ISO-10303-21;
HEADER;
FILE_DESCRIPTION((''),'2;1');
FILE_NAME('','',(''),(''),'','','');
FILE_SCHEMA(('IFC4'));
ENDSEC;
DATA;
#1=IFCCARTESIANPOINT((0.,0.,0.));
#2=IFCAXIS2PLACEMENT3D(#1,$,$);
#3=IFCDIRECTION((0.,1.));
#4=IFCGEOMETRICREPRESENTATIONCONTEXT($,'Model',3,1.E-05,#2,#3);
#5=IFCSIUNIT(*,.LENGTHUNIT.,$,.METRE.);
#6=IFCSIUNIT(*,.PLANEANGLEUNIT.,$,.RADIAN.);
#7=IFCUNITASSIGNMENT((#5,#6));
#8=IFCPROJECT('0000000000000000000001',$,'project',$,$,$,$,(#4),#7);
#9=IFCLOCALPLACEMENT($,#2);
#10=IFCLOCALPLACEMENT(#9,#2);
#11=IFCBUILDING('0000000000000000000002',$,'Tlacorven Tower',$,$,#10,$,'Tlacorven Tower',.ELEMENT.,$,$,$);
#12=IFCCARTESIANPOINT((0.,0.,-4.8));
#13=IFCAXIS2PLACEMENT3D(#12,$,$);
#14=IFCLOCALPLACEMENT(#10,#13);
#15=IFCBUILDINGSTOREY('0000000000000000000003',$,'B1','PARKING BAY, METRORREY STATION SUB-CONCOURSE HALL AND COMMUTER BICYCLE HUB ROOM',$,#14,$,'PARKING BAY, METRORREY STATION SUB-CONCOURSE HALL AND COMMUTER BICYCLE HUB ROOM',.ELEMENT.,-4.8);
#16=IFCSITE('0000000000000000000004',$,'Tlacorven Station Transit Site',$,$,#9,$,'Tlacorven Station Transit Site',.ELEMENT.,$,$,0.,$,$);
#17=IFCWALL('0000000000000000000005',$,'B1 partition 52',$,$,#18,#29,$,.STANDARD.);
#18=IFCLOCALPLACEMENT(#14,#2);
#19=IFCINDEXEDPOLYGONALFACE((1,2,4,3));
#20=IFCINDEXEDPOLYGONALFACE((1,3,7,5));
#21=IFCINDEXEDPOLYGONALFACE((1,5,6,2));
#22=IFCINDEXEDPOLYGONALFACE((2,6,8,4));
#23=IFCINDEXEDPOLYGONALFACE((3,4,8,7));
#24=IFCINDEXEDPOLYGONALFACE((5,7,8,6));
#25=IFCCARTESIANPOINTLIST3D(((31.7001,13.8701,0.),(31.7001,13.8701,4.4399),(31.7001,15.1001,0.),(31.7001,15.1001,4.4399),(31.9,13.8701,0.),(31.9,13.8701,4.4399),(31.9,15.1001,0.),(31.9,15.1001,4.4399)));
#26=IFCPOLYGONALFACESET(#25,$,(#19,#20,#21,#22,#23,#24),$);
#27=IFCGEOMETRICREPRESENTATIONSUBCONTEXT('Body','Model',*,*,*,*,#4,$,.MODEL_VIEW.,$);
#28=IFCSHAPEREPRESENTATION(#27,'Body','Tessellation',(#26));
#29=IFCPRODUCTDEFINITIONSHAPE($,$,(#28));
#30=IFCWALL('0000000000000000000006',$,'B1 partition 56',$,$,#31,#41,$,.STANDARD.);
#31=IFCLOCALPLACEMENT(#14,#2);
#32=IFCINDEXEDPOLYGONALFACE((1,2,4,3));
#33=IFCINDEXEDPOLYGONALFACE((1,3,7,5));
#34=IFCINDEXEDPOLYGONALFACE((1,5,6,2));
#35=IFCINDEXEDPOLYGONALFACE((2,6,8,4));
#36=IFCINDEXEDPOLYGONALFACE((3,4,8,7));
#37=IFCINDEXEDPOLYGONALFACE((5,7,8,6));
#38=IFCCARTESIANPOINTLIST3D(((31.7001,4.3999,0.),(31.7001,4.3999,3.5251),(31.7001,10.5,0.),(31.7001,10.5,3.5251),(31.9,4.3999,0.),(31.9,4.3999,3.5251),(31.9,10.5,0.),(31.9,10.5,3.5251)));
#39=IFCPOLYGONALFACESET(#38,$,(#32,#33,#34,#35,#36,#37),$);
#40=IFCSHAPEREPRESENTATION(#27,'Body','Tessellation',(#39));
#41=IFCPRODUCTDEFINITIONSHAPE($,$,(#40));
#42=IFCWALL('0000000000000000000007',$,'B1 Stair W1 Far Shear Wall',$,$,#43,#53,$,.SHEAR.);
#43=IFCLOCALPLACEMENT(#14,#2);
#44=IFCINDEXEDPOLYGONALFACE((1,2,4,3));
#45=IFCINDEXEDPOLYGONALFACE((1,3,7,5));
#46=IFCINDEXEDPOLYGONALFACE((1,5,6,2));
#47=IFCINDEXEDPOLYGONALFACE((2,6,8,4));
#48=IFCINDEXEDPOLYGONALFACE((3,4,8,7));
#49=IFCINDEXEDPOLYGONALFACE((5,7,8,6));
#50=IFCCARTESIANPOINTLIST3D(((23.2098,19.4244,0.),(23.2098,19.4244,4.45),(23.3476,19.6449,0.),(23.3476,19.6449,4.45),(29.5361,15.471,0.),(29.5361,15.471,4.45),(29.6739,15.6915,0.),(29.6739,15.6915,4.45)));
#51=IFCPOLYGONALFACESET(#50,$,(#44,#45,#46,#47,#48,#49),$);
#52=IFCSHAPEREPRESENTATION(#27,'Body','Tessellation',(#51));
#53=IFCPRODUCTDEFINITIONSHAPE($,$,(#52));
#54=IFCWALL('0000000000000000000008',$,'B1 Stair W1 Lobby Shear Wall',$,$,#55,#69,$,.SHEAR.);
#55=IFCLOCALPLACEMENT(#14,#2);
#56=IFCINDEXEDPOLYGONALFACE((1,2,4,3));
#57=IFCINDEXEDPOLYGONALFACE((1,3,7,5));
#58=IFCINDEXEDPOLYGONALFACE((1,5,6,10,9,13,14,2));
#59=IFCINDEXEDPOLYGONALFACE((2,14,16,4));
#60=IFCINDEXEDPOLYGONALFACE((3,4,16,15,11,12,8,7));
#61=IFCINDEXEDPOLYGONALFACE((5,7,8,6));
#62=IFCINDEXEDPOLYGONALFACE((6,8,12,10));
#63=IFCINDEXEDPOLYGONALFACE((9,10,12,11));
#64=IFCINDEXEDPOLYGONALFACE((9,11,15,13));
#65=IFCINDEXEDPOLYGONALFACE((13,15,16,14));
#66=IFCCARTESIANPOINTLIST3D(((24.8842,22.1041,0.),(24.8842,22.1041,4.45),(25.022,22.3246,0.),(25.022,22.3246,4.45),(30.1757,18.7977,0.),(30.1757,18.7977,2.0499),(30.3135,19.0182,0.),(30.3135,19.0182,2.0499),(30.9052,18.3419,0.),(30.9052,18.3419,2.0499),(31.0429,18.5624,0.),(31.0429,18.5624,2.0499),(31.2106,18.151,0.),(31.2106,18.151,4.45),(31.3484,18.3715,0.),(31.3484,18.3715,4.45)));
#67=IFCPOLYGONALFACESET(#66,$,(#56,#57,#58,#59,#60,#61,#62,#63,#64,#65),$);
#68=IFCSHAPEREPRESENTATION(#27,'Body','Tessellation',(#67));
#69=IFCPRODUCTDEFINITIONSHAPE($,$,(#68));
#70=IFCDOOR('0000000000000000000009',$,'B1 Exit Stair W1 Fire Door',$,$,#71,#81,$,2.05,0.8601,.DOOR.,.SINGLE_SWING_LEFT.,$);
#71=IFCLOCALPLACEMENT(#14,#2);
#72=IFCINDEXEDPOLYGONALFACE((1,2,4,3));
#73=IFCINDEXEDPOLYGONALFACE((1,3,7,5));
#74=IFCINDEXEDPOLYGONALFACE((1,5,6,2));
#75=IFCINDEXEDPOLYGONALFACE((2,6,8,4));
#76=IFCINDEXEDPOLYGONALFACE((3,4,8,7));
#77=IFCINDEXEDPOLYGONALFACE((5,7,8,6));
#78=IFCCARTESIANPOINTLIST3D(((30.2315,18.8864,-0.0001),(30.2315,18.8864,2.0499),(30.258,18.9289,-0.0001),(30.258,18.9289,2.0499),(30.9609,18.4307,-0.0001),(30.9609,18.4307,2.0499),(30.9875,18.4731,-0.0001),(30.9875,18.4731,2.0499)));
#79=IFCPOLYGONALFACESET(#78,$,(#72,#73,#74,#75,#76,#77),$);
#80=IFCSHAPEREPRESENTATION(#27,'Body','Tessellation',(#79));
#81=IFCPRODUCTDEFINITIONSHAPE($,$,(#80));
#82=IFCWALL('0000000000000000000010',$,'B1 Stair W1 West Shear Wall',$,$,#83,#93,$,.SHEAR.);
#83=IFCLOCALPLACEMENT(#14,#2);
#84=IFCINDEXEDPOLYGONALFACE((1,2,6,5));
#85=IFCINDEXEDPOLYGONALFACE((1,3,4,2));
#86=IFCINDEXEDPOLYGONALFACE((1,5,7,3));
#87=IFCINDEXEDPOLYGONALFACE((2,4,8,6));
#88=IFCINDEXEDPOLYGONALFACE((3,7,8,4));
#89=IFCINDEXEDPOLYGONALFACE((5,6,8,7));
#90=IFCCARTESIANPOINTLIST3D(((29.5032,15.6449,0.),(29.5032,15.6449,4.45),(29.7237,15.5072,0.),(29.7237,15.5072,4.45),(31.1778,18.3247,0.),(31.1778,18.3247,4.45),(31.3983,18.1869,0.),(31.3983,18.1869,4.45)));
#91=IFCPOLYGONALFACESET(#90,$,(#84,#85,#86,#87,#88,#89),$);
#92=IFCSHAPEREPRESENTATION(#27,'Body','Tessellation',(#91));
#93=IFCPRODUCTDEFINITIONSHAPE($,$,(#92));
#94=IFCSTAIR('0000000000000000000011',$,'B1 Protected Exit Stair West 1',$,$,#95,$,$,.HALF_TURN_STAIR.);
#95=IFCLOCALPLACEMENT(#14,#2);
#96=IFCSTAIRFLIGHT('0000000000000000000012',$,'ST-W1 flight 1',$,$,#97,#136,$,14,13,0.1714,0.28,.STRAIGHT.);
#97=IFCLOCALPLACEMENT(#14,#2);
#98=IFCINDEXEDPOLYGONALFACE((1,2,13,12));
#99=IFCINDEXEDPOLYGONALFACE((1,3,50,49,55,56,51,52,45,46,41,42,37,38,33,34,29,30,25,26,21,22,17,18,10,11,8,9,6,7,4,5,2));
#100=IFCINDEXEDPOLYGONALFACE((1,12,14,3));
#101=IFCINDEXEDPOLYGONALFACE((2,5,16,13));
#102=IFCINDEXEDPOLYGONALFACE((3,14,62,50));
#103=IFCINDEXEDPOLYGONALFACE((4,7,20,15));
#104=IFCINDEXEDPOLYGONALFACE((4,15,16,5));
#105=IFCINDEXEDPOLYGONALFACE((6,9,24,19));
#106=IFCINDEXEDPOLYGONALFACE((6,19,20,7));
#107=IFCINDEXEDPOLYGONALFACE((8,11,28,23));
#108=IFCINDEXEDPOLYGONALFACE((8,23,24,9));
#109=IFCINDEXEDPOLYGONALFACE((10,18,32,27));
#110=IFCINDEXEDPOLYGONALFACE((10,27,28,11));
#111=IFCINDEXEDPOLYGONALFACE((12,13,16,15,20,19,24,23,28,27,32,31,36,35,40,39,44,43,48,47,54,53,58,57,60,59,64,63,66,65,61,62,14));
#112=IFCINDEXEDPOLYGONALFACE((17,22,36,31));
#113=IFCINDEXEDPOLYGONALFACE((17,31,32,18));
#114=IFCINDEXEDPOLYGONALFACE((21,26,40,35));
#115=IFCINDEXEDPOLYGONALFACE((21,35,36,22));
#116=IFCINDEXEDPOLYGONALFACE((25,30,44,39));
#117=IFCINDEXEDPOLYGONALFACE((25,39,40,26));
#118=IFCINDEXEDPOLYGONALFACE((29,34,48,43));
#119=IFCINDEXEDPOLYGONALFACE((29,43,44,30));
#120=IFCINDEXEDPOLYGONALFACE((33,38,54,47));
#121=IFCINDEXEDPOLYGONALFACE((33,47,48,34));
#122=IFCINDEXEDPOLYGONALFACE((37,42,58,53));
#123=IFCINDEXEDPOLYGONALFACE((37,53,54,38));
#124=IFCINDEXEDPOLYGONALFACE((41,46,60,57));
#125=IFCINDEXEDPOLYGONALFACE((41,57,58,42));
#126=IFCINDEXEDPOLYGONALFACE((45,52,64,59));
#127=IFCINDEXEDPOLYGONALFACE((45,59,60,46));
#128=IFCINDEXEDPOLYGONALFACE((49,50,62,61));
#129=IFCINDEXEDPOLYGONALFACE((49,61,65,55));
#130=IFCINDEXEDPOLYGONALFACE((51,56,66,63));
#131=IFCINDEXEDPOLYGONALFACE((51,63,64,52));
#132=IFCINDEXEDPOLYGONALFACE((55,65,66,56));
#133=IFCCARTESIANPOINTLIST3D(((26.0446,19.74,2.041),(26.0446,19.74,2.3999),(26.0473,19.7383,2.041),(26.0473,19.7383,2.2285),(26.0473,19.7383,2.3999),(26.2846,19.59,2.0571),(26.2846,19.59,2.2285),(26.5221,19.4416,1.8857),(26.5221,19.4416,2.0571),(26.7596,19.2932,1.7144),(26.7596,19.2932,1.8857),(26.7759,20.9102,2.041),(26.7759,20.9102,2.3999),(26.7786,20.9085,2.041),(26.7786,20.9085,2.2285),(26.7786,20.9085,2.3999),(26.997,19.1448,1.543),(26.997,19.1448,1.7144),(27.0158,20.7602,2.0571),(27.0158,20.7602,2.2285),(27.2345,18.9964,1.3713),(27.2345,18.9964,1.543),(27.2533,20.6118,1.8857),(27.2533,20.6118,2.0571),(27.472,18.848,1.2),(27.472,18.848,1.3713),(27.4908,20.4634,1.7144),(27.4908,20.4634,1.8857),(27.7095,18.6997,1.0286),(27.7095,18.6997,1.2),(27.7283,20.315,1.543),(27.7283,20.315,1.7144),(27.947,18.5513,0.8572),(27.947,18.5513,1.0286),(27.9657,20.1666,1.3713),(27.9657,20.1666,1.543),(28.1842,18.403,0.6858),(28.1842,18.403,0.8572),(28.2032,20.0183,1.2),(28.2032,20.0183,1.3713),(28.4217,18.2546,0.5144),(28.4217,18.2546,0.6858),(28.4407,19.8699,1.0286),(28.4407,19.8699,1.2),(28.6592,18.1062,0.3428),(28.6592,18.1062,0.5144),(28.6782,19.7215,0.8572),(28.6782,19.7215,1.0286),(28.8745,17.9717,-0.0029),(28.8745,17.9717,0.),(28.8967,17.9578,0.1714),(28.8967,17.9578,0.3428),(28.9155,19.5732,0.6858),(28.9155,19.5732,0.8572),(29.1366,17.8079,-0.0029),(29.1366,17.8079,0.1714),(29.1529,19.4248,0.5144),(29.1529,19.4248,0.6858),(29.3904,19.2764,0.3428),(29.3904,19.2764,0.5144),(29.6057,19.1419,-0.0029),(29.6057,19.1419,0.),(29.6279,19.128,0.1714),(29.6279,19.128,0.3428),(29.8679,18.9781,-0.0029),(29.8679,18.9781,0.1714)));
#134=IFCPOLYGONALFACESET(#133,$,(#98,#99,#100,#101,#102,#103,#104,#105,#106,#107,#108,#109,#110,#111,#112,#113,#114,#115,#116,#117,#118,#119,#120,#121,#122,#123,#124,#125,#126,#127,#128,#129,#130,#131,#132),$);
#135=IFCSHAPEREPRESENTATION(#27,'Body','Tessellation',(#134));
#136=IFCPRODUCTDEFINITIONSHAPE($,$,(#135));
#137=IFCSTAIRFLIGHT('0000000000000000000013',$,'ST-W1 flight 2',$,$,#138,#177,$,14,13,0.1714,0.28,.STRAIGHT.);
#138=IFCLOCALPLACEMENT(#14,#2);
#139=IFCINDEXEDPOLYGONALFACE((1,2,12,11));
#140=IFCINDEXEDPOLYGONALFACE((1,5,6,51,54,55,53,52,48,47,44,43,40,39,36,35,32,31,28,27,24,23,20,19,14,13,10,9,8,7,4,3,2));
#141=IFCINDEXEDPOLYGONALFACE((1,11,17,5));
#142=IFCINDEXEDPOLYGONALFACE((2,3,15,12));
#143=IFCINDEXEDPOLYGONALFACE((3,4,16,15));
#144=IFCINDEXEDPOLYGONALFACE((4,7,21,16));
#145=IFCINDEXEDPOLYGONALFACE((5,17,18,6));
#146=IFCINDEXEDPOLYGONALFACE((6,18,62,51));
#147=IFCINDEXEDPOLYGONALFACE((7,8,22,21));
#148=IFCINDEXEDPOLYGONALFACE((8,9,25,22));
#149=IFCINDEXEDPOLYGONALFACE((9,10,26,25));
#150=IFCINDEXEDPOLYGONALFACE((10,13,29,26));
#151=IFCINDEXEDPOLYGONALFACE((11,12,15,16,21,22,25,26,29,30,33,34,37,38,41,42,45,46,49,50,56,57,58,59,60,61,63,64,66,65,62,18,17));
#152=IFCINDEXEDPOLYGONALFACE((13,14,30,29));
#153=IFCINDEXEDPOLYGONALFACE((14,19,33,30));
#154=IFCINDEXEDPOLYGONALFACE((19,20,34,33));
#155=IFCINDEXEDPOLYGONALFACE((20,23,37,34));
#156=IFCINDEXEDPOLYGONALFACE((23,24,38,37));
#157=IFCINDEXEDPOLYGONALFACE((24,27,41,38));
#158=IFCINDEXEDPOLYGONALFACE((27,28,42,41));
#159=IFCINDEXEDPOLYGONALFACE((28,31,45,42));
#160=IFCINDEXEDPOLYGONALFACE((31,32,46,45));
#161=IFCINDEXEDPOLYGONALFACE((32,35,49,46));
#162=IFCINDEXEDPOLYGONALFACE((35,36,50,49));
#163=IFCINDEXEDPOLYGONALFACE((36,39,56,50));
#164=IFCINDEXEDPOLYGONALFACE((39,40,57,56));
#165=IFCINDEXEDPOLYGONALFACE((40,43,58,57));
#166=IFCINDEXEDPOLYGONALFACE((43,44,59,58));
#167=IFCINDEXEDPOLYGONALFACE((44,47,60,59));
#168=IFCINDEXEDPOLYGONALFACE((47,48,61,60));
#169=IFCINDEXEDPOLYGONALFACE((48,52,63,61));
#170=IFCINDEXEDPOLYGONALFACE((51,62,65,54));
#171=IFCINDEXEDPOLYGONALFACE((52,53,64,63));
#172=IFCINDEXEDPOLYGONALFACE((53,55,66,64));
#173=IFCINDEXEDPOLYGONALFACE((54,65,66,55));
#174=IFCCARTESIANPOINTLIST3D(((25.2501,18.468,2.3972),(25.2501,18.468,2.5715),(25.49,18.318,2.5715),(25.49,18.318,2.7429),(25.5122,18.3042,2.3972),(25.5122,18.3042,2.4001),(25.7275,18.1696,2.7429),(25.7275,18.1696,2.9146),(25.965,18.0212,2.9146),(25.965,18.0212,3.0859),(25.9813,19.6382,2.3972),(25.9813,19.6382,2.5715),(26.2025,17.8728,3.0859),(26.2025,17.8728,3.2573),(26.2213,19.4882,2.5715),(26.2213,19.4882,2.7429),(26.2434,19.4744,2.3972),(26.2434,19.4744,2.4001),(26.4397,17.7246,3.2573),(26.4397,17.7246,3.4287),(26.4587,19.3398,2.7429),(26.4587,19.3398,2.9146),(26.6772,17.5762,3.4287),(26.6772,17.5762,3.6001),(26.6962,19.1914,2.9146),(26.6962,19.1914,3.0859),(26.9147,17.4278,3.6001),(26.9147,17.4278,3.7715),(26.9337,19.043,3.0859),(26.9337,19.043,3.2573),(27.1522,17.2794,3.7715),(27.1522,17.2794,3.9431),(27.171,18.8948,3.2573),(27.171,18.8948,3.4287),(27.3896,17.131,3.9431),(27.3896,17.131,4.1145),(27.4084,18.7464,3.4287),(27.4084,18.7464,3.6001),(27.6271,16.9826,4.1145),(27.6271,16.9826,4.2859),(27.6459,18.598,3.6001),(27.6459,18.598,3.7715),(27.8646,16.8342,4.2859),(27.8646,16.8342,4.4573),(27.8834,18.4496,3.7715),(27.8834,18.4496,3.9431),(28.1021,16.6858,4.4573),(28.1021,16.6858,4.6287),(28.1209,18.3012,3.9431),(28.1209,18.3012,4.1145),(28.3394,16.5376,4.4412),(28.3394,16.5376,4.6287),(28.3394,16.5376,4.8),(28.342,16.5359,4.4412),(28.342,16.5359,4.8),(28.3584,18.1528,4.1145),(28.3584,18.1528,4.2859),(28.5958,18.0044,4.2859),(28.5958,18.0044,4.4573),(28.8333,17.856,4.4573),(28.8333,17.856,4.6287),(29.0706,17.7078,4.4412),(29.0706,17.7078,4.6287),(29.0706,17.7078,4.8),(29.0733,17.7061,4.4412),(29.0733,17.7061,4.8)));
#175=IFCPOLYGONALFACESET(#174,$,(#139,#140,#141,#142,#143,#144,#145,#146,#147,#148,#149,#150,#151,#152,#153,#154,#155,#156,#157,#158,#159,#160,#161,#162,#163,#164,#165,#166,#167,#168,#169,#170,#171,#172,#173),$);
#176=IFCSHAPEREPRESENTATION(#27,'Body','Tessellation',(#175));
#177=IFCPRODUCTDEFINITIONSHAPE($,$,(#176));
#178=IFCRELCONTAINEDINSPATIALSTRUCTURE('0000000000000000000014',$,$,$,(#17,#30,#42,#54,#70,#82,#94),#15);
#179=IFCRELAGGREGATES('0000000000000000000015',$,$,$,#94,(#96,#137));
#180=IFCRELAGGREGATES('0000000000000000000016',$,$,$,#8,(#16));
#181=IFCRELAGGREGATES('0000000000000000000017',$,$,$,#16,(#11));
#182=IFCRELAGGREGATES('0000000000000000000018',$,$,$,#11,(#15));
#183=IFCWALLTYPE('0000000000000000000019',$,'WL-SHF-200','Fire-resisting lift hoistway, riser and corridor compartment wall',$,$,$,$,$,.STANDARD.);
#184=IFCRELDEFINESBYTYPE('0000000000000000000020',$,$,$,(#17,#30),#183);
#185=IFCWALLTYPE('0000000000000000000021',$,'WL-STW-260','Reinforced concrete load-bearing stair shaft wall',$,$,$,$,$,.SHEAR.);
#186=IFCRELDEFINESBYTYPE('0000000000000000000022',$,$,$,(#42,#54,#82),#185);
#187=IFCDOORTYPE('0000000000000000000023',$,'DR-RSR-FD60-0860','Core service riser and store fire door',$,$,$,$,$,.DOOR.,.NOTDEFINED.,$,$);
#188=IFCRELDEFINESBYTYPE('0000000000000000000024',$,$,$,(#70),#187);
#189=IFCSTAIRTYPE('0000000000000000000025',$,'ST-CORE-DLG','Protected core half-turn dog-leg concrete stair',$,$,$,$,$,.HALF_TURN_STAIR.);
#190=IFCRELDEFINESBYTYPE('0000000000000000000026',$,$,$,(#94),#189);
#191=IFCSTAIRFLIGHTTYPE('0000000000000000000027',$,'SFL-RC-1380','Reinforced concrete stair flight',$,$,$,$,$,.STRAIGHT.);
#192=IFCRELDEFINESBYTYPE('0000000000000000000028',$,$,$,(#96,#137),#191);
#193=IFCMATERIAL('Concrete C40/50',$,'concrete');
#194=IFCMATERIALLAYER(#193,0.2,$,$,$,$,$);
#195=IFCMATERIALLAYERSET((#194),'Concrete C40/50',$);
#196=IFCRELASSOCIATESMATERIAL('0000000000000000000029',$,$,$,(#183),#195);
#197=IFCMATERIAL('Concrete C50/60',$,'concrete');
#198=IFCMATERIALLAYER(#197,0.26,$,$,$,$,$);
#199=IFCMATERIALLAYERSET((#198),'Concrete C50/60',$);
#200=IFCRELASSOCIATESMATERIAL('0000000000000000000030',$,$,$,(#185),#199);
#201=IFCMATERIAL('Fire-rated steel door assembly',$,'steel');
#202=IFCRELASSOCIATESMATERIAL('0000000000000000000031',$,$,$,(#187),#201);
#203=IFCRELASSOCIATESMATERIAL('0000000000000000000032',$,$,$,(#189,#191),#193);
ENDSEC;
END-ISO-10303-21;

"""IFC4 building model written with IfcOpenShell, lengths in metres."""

from ifc_helpers import new_model, si_unit, direction, frame, frame_2d, origin, place, context, subcontext, project, spatial, polyline, rectangle, outline, extrude, source, transform, mapped, material, layer, layer_set, type_object, element, fill, aggregate, save


model = new_model("IFC4")

# Units and contexts
model_context = context("Model", 3, precision=1e-05, world=origin(), true_north=direction((0.0, 1.0)))
body_context = subcontext(model_context, "Body", "Model", "MODEL_VIEW")
ifc_project = project(units=[si_unit("LENGTHUNIT", "METRE"), si_unit("PLANEANGLEUNIT", "RADIAN")], contexts=[model_context])

# Site, building, storey
site_placement = place(None, origin())
site = spatial("IfcSite", under=ifc_project, at=site_placement, Name="Tlacorven Station Transit Site", LongName="Tlacorven Station Transit Site", CompositionType="ELEMENT", RefElevation=0.0)
building_placement = place(site_placement, origin())
building = spatial("IfcBuilding", under=site, at=building_placement, Name="Tlacorven Tower", LongName="Tlacorven Tower", CompositionType="ELEMENT")
storey_placement = place(building_placement, frame((0.0, 0.0, -4.8)))
storey = spatial("IfcBuildingStorey", under=building, at=storey_placement, Name="B1", Description="PARKING BAY, METRORREY STATION SUB-CONCOURSE HALL AND COMMUTER BICYCLE HUB ROOM", LongName="PARKING BAY, METRORREY STATION SUB-CONCOURSE HALL AND COMMUTER BICYCLE HUB ROOM", CompositionType="ELEMENT", Elevation=-4.8)

# Shared definitions
ifc_material_1 = material(Name="Concrete C40/50", Category="concrete")
ifc_layer_1 = layer(ifc_material_1, 0.2)
ifc_layer_set_1 = layer_set([ifc_layer_1], Name="Concrete C40/50")
wall_type_1 = type_object("IfcWallType", Name="WL-SHF-200", Description="Fire-resisting lift hoistway, riser and corridor compartment wall", PredefinedType="STANDARD", material=ifc_layer_set_1)
ifc_material_2 = material(Name="Fire-rated steel door assembly", Category="steel")

# Walls
wall_1_placement = place(storey_placement, frame((31.8, 13.8701, 0.0), z_axis=(0.0, 0.0, 1.0), x_axis=(0.0, 1.0, 0.0)))
element("IfcWall", 1, at=wall_1_placement, inside=storey, type_object=wall_type_1, Name="B1 partition 52", PredefinedType="STANDARD", context=body_context, shape_type="SweptSolid", body=[
    extrude(rectangle(XDim=1.23, YDim=0.2, at=frame_2d((0.615, 0.0))), origin(), (0.0, 0.0, 1.0), 4.4399),
])
wall_2_placement = place(storey_placement, frame((31.8, 4.3999, 0.0), z_axis=(0.0, 0.0, 1.0), x_axis=(0.0, 1.0, 0.0)))
element("IfcWall", 2, at=wall_2_placement, inside=storey, type_object=wall_type_1, Name="B1 partition 56", PredefinedType="STANDARD", context=body_context, shape_type="SweptSolid", body=[
    extrude(rectangle(XDim=6.1001, YDim=0.2, at=frame_2d((3.05, 0.0))), origin(), (0.0, 0.0, 1.0), 3.5251),
])
ifc_material_3 = material(Name="Concrete C50/60", Category="concrete")
ifc_layer_2 = layer(ifc_material_3, 0.26)
ifc_layer_set_2 = layer_set([ifc_layer_2], Name="Concrete C50/60")
wall_type_2 = type_object("IfcWallType", Name="WL-STW-260", Description="Reinforced concrete load-bearing stair shaft wall", PredefinedType="SHEAR", material=ifc_layer_set_2)
wall_3_placement = place(storey_placement, frame((29.605, 15.5813, 0.0), z_axis=(0.0, 0.0, 1.0), x_axis=(-0.848037, 0.529937, 0.0)))
element("IfcWall", 3, at=wall_3_placement, inside=storey, type_object=wall_type_2, Name="B1 Stair W1 Far Shear Wall", PredefinedType="SHEAR", context=body_context, shape_type="SweptSolid", body=[
    extrude(rectangle(XDim=7.46, YDim=0.26, at=frame_2d((3.73, 0.0))), origin(), (0.0, 0.0, 1.0), 4.45),
])

# Wall, opening, door
wall_4_placement = place(storey_placement, frame((31.2795, 18.2612, 0.0), z_axis=(0.0, 0.0, 1.0), x_axis=(-0.848052, 0.529914, 0.0)))
wall_4 = element("IfcWall", 4, at=wall_4_placement, inside=storey, type_object=wall_type_2, Name="B1 Stair W1 Lobby Shear Wall", PredefinedType="SHEAR", context=body_context, shape_type="SweptSolid", body=[
    extrude(rectangle(XDim=7.46, YDim=0.26, at=frame_2d((3.73, 0.0))), origin(), (0.0, 0.0, 1.0), 4.45),
])
opening_1_placement = place(wall_4_placement, frame((0.3601, 0.0, 0.0)))
opening_1 = element("IfcOpeningElement", 5, at=opening_1_placement, cuts=wall_4, PredefinedType="OPENING", context=body_context, shape_type="SweptSolid", body=[
    extrude(rectangle(XDim=0.8601, YDim=2.05, at=frame_2d((0.4302, 1.0249))), frame((0.0, 0.1401, 0.0), z_axis=(0.0, -1.0, 0.0), x_axis=(1.0, 0.0, 0.0)), (0.0, 0.0, 1.0), 0.28),
])
door_type_1 = type_object("IfcDoorType", Name="DR-RSR-FD60-0860", Description="Core service riser and store fire door", OperationType="NOTDEFINED", PredefinedType="DOOR", material=ifc_material_2)
shared_shape_1 = source(origin(), body_context, "Body", "SweptSolid", [
    extrude(rectangle(XDim=0.8601, YDim=2.05, at=frame_2d((0.4302, 1.0249))), frame((0.0, 0.0249, 0.0), z_axis=(0.0, -1.0, 0.0), x_axis=(1.0, 0.0, 0.0)), (0.0, 0.0, 1.0), 0.05),
])
door_1_placement = place(opening_1_placement, frame((0.8601, 0.0, 0.0), z_axis=(0.0, 0.0, 1.0), x_axis=(-1.0, 0.0, 0.0)))
door_1 = element("IfcDoor", 6, at=door_1_placement, inside=storey, type_object=door_type_1, Name="B1 Exit Stair W1 Fire Door", OperationType="SINGLE_SWING_LEFT", OverallHeight=2.05, OverallWidth=0.8601, PredefinedType="DOOR", context=body_context, shape_type="MappedRepresentation", body=[
    mapped(shared_shape_1, transform((0.0, 0.0, 0.0), scale=1.0)),
])
fill(opening_1, door_1)

# Wall
wall_5_placement = place(storey_placement, frame((31.2881, 18.2559, 0.0), z_axis=(0.0, 0.0, 1.0), x_axis=(-0.529943, -0.848033, 0.0)))
element("IfcWall", 7, at=wall_5_placement, inside=storey, type_object=wall_type_2, Name="B1 Stair W1 West Shear Wall", PredefinedType="SHEAR", context=body_context, shape_type="SweptSolid", body=[
    extrude(rectangle(XDim=3.1599, YDim=0.26, at=frame_2d((1.5801, 0.0))), origin(), (0.0, 0.0, 1.0), 4.45),
])

# Stair, stair flights
stair_type = type_object("IfcStairType", Name="ST-CORE-DLG", Description="Protected core half-turn dog-leg concrete stair", PredefinedType="HALF_TURN_STAIR", material=ifc_material_1)
stair_placement = place(storey_placement, origin())
stair = element("IfcStair", 8, at=stair_placement, inside=storey, type_object=stair_type, Name="B1 Protected Exit Stair West 1", PredefinedType="HALF_TURN_STAIR")
stair_flight_type = type_object("IfcStairFlightType", Name="SFL-RC-1380", Description="Reinforced concrete stair flight", PredefinedType="STRAIGHT", material=ifc_material_1)
shared_shape_2 = source(origin(), body_context, "Body", "SweptSolid", [
    extrude(outline(polyline([(-0.0029, -0.0029), (-0.0029, 0.1714), (0.28, 0.1714), (0.28, 0.3428), (0.5601, 0.3428), (0.5601, 0.5144), (0.8401, 0.5144), (0.8401, 0.6858), (1.1201, 0.6858), (1.1201, 0.8572), (1.3999, 0.8572), (1.3999, 1.0286), (1.6799, 1.0286), (1.6799, 1.2), (1.96, 1.2), (1.96, 1.3713), (2.24, 1.3713), (2.24, 1.543), (2.52, 1.543), (2.52, 1.7144), (2.8, 1.7144), (2.8, 1.8857), (3.0801, 1.8857), (3.0801, 2.0571), (3.3601, 2.0571), (3.3601, 2.2285), (3.6399, 2.2285), (3.6399, 2.3999), (3.6431, 2.3999), (3.6431, 2.041), (3.6399, 2.041), (0.3062, 0.0), (0.3062, -0.0029), (-0.0029, -0.0029)])), frame((0.0, 0.6899, 0.0), z_axis=(0.0, -1.0, 0.0), x_axis=(1.0, 0.0, 0.0)), (0.0, 0.0, 1.0), 1.3799),
])
stair_flight_1_placement = place(storey_placement, frame((29.4998, 18.3945, 0.0), z_axis=(0.0, 0.0, 1.0), x_axis=(-0.848048, 0.529919, 0.0)))
stair_flight_1 = element("IfcStairFlight", 9, at=stair_flight_1_placement, type_object=stair_flight_type, Name="ST-W1 flight 1", NumberOfRisers=14, NumberOfTreads=13, PredefinedType="STRAIGHT", RiserHeight=0.1714, TreadLength=0.28, context=body_context, shape_type="MappedRepresentation", body=[
    mapped(shared_shape_2, transform((0.0, 0.0, 0.0), scale=1.0)),
])
stair_flight_2_placement = place(storey_placement, frame((25.6182, 19.0515, 2.4001), z_axis=(0.0, 0.0, 1.0), x_axis=(0.848048, -0.529919, 0.0)))
stair_flight_2 = element("IfcStairFlight", 10, at=stair_flight_2_placement, type_object=stair_flight_type, Name="ST-W1 flight 2", NumberOfRisers=14, NumberOfTreads=13, PredefinedType="STRAIGHT", RiserHeight=0.1714, TreadLength=0.28, context=body_context, shape_type="MappedRepresentation", body=[
    mapped(shared_shape_2, transform((0.0, 0.0, 0.0), scale=1.0)),
])
aggregate(stair, [stair_flight_1, stair_flight_2])

save(model, "model.ifc")
